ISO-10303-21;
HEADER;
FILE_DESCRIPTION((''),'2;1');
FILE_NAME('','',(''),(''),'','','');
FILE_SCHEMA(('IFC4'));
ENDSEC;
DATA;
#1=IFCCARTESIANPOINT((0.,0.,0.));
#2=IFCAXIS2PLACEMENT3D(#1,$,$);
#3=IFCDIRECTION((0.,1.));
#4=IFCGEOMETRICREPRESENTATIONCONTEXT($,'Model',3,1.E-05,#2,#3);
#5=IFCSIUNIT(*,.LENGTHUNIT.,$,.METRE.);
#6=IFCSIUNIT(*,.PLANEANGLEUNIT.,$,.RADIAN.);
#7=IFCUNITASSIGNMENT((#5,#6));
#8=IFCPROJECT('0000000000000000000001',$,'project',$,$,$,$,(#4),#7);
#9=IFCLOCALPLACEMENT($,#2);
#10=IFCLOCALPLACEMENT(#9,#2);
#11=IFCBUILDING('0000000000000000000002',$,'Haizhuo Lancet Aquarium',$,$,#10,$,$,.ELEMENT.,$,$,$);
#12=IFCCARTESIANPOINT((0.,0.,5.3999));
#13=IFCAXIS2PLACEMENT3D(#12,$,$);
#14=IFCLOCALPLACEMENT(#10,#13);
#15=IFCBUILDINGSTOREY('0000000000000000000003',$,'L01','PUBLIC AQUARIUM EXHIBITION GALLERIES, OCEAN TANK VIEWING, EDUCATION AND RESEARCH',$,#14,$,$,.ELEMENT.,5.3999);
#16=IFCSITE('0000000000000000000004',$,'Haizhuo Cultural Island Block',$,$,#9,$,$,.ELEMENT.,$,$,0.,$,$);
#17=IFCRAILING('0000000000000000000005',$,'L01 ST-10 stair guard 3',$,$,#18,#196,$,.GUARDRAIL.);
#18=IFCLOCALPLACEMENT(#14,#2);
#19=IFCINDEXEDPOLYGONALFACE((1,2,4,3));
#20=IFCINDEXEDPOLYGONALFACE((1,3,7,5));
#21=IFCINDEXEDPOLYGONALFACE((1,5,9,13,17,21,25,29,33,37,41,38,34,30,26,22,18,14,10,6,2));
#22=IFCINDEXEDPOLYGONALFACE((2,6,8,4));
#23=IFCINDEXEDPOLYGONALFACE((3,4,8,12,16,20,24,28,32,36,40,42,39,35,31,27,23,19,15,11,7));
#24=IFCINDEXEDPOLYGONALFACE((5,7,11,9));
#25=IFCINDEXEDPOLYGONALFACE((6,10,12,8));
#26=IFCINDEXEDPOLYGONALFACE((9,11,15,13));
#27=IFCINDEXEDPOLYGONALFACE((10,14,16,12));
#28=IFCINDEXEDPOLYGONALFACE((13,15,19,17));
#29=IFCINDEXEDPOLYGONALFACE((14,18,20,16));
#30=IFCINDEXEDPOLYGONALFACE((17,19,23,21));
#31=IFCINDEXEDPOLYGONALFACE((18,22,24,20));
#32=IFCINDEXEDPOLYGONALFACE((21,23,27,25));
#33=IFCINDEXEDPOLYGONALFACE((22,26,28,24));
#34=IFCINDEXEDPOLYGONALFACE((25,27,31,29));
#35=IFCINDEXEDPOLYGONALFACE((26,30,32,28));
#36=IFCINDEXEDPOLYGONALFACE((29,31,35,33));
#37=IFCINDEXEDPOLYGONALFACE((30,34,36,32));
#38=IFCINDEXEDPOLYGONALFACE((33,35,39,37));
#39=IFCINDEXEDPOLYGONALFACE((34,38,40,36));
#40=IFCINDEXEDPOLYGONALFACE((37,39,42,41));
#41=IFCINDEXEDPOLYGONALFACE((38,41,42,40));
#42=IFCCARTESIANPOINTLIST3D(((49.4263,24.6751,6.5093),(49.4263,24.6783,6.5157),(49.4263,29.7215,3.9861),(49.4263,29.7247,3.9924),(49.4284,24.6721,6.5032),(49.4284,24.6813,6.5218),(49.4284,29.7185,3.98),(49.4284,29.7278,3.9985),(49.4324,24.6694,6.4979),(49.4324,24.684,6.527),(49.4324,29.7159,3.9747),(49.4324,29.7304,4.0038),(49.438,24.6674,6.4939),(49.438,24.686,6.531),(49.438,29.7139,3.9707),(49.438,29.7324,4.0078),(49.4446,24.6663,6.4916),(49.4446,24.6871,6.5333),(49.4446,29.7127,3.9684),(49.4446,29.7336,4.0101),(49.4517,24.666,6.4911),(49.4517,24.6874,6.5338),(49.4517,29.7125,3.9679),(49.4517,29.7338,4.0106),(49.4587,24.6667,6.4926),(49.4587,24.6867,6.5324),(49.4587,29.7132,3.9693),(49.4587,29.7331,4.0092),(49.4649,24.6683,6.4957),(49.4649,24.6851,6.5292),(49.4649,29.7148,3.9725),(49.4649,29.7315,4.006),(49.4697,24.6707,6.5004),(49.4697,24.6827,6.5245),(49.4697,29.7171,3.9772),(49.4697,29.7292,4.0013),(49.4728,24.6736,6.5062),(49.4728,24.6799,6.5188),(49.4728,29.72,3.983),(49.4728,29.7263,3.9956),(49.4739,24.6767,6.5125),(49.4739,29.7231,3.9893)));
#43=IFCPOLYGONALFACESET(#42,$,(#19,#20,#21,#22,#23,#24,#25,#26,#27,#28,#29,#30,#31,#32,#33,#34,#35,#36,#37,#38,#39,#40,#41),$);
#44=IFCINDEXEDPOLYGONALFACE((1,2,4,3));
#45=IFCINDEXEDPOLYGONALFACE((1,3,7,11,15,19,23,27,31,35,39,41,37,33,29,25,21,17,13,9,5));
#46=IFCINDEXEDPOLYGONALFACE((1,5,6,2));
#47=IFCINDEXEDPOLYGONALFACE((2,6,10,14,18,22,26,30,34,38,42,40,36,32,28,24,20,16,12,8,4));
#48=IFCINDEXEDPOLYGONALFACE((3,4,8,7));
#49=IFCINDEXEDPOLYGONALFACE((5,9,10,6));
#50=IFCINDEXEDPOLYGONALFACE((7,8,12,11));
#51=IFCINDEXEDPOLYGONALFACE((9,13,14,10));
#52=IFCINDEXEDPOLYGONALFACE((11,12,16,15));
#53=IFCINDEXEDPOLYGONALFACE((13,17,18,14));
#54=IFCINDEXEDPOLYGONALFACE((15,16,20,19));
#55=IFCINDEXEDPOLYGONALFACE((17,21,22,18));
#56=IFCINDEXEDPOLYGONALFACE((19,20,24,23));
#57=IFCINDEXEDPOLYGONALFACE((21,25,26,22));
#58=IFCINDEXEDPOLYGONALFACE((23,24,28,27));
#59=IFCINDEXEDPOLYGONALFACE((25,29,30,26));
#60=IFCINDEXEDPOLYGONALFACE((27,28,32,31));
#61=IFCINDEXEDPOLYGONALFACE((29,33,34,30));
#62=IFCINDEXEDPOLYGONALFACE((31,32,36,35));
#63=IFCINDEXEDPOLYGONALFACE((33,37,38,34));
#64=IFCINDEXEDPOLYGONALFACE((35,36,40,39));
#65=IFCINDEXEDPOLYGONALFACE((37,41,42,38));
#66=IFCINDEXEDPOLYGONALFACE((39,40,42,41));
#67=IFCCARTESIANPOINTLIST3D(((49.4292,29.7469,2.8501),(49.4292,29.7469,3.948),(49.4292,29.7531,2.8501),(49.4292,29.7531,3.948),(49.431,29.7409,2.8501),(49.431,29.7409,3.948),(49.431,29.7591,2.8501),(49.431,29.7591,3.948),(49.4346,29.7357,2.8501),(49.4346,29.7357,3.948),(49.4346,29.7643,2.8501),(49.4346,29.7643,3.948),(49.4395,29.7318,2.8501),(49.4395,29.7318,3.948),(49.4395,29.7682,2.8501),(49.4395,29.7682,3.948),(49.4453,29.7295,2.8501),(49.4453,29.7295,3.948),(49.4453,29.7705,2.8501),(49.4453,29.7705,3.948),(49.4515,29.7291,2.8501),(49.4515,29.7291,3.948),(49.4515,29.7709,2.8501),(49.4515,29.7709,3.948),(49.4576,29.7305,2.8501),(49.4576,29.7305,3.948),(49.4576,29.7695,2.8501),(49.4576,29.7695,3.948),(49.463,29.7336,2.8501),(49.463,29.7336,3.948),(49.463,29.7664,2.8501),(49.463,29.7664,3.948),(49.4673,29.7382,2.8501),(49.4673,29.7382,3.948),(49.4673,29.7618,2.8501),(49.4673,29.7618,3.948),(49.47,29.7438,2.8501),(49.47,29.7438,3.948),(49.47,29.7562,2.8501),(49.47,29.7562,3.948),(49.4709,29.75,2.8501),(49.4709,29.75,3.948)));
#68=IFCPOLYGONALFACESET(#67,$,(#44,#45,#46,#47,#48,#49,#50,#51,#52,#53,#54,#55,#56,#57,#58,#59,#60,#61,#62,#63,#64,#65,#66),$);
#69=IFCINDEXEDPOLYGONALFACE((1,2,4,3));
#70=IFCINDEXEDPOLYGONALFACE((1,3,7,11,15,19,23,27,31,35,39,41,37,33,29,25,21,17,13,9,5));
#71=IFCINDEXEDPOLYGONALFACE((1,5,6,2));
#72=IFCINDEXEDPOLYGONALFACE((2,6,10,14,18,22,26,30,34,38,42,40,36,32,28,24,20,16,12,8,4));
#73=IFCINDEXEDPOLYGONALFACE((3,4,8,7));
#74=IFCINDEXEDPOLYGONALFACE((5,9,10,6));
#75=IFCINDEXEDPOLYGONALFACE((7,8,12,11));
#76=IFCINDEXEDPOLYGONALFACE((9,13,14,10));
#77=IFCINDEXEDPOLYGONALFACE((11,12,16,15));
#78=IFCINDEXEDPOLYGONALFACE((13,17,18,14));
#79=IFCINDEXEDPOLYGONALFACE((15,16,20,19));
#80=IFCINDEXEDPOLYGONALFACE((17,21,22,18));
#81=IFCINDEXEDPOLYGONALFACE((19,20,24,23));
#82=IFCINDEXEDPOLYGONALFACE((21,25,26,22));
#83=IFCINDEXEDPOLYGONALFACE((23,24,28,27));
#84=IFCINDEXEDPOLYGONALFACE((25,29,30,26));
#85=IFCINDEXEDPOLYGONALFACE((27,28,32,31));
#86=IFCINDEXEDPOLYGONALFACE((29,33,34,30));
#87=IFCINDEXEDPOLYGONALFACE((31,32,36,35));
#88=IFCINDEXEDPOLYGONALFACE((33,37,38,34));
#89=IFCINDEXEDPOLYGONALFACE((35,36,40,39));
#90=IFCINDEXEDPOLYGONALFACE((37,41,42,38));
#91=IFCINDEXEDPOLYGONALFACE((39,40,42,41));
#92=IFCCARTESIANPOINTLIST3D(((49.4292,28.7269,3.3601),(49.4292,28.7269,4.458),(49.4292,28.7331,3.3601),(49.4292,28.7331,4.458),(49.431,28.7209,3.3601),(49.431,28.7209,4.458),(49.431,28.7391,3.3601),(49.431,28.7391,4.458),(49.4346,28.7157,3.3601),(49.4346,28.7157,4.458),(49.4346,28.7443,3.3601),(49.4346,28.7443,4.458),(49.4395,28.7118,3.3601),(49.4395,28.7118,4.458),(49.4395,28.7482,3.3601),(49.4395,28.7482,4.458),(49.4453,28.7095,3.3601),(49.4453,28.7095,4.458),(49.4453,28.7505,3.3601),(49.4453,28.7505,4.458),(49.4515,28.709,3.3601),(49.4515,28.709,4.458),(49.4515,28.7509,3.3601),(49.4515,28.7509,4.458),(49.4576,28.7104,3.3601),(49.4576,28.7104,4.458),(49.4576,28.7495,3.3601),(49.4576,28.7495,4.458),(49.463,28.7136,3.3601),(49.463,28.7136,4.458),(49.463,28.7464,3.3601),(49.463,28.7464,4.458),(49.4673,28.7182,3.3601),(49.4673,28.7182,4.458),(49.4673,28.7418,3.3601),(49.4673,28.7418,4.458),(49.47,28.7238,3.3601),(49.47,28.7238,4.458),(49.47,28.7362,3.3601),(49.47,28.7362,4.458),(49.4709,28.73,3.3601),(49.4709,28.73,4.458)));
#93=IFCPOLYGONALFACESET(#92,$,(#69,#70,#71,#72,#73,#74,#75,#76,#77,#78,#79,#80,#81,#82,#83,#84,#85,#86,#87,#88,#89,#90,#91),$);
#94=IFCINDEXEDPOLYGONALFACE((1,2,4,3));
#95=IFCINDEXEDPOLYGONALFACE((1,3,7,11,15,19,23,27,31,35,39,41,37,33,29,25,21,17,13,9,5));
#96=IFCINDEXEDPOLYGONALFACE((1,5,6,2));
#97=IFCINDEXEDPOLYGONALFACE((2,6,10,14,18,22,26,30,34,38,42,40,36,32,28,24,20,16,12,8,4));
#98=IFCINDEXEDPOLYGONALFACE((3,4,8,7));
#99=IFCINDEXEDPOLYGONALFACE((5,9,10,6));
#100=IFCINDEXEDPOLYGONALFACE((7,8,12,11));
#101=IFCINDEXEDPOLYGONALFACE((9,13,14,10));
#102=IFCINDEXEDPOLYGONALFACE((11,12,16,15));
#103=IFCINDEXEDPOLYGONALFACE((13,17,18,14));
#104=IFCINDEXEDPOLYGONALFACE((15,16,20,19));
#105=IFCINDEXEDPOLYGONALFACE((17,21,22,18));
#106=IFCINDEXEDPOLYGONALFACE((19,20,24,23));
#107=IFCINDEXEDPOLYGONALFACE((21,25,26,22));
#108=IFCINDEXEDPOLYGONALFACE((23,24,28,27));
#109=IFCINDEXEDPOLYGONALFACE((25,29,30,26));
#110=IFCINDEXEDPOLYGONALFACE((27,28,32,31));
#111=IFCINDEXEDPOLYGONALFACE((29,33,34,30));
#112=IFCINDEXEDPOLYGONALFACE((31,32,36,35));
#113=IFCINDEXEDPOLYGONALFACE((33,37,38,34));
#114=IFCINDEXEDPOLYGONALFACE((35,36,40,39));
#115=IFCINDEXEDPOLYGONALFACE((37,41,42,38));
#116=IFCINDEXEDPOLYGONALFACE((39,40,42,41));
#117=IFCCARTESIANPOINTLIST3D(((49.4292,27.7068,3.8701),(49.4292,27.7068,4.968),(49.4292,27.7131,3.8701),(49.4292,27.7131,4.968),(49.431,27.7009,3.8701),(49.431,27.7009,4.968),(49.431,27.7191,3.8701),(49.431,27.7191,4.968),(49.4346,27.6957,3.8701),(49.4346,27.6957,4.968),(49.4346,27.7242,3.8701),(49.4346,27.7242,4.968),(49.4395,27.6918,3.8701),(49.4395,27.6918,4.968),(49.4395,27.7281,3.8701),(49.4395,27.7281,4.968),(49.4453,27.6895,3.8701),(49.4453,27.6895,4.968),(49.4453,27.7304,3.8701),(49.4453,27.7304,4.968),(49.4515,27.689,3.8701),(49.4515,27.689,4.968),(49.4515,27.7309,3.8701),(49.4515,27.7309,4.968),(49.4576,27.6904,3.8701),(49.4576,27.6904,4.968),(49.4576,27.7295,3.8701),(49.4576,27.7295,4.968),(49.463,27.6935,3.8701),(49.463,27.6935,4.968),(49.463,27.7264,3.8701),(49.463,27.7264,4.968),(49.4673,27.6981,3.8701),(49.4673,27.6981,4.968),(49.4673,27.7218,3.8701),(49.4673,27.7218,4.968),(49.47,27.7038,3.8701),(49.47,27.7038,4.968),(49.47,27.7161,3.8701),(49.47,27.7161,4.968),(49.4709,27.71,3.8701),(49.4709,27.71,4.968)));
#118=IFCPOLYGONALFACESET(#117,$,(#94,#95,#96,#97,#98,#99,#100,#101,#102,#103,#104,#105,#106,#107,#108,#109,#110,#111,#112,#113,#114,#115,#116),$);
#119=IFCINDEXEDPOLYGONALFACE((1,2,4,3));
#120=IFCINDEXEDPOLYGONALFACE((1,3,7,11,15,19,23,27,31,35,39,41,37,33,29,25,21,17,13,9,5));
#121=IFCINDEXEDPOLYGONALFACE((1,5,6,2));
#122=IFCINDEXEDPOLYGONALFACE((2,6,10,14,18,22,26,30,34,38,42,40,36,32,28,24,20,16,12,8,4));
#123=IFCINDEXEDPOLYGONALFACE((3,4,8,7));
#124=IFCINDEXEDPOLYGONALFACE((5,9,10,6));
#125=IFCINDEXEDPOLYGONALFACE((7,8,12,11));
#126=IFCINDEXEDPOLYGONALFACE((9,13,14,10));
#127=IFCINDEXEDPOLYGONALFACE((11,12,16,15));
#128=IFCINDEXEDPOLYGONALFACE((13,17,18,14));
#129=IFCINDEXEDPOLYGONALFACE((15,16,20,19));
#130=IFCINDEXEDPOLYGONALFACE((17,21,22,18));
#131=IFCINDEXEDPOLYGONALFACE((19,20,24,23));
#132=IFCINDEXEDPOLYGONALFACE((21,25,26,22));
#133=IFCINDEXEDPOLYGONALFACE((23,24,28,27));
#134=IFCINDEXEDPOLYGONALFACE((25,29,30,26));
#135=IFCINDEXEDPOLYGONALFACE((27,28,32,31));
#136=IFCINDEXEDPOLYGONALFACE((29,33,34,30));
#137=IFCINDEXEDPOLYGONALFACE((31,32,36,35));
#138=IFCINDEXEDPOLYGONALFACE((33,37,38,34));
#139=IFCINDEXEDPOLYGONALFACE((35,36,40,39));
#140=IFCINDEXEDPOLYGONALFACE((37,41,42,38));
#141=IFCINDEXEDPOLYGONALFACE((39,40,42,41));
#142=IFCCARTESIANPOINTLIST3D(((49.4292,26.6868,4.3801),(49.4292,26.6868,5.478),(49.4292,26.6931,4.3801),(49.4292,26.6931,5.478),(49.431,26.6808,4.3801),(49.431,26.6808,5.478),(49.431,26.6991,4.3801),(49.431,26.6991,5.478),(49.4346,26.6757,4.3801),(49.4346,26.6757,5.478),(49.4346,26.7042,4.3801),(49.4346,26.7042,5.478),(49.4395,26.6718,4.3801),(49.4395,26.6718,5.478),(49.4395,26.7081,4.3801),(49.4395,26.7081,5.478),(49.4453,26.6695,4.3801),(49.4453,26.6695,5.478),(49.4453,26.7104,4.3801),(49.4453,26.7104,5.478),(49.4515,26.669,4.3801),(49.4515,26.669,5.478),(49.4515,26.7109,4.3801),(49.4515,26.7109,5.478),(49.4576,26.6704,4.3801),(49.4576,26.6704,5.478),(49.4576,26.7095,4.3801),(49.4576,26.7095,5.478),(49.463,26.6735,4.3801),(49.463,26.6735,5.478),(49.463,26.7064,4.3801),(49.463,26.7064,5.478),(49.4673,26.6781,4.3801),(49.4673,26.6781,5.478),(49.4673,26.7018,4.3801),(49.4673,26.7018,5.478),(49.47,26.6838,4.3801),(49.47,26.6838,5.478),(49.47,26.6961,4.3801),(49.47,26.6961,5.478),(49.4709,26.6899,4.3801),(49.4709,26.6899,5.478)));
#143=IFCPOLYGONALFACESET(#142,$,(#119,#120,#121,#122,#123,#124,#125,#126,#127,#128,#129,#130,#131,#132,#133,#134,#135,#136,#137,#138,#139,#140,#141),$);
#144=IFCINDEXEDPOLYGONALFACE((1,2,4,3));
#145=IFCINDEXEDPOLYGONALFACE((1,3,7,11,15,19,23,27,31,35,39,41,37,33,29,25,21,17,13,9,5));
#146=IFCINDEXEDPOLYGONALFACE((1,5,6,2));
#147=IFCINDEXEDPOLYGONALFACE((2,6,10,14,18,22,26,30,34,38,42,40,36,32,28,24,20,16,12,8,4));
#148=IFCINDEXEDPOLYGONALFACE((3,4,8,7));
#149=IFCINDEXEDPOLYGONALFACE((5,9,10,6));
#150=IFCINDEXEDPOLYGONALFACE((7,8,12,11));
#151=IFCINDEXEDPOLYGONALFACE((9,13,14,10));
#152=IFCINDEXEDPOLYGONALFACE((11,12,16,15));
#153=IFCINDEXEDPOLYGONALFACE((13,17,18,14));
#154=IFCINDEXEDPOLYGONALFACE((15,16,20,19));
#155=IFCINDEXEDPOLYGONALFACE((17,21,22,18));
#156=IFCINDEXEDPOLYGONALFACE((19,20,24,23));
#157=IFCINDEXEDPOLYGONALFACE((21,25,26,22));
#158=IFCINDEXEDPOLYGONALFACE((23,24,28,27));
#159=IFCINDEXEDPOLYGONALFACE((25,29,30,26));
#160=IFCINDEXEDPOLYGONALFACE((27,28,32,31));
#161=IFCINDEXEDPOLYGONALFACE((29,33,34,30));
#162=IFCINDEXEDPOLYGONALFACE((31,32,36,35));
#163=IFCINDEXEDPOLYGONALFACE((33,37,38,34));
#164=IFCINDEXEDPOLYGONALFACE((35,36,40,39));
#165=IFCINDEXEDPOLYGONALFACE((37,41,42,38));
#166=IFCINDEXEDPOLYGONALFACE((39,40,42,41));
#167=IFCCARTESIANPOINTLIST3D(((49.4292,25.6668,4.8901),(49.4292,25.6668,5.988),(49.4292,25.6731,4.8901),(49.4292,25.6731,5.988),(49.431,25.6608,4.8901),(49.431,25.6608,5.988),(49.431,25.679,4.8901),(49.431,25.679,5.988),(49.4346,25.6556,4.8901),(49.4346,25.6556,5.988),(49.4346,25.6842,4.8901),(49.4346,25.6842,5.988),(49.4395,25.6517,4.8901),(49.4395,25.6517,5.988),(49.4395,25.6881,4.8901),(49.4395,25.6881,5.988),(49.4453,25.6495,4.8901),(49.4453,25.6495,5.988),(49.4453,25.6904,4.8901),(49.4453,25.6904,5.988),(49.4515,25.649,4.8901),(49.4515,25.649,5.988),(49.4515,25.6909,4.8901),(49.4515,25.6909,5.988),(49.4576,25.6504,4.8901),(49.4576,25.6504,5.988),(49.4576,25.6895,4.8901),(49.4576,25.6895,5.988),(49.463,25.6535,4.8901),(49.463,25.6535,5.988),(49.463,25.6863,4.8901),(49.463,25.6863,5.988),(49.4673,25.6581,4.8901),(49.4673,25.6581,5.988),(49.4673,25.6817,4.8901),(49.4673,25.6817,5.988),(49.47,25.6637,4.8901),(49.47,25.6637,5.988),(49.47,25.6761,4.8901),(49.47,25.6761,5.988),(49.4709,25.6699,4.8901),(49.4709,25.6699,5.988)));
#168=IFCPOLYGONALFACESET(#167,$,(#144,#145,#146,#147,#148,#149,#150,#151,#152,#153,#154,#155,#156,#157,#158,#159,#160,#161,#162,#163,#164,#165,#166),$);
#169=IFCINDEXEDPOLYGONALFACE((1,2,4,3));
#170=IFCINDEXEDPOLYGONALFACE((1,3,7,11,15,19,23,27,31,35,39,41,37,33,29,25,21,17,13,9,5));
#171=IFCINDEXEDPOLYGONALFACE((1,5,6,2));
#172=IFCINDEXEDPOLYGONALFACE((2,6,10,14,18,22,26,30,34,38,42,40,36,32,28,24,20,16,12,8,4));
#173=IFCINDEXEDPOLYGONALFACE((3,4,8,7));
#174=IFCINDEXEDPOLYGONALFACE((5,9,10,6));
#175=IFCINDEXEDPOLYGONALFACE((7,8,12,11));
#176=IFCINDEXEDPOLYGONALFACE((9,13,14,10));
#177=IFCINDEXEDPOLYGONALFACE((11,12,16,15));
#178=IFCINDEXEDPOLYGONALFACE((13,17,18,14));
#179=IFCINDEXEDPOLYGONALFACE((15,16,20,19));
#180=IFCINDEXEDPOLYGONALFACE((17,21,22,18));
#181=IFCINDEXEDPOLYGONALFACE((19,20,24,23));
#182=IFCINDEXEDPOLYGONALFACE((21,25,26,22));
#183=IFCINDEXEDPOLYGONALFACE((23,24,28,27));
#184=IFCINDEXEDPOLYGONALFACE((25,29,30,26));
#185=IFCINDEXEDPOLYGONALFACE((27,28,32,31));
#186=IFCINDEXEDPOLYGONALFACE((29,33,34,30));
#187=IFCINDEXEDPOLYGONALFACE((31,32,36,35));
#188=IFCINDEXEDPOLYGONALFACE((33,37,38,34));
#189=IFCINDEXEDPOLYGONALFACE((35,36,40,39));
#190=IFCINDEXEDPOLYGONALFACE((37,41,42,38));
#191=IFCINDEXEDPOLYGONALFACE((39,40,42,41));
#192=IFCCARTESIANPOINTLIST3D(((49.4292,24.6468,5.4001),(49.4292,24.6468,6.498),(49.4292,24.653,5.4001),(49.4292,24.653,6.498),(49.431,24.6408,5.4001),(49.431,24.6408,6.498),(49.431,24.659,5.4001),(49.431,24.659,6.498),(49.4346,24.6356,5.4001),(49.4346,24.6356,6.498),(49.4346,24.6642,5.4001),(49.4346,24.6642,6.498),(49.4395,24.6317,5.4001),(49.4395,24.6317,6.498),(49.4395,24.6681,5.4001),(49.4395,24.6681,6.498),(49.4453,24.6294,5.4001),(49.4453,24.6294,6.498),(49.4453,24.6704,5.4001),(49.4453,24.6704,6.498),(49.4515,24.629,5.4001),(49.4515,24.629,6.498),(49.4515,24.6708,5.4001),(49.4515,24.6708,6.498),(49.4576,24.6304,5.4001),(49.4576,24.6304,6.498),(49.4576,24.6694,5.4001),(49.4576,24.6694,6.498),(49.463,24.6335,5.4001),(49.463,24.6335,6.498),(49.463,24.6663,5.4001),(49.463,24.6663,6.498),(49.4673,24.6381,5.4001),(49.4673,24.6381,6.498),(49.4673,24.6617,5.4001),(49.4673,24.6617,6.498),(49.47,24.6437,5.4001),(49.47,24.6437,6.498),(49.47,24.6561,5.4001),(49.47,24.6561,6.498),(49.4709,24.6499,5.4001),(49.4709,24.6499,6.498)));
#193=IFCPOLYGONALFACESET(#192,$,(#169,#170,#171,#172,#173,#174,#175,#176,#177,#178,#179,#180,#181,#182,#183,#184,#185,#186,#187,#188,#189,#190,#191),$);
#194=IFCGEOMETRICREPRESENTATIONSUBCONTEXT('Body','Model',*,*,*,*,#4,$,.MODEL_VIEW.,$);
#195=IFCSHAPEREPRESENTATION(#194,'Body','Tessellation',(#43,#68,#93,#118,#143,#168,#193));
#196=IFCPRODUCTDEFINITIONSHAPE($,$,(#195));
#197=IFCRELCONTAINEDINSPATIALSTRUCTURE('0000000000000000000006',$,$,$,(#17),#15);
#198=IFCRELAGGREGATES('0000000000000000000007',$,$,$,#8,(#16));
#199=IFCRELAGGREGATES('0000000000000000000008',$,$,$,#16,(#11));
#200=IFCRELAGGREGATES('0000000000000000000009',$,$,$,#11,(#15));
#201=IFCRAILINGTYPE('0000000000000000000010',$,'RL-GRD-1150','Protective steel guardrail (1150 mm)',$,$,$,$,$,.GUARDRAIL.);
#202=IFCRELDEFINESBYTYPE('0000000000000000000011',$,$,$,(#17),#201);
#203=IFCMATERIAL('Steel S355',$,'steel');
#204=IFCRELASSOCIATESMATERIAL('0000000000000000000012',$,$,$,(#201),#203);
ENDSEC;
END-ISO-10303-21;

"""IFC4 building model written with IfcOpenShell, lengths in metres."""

from ifc_helpers import new_model, si_unit, direction, frame, origin, origin_2d, place, context, subcontext, project, spatial, circle, extrude, material, type_object, element, save


model = new_model("IFC4")

# Units and contexts
model_context = context("Model", 3, precision=1e-05, world=origin(), true_north=direction((0.0, 1.0)))
body_context = subcontext(model_context, "Body", "Model", "MODEL_VIEW")
ifc_project = project(units=[si_unit("LENGTHUNIT", "METRE"), si_unit("PLANEANGLEUNIT", "RADIAN")], contexts=[model_context])

# Site, building, storey
site_placement = place(None, origin())
site = spatial("IfcSite", under=ifc_project, at=site_placement, Name="Haizhuo Cultural Island Block", CompositionType="ELEMENT", RefElevation=0.0)
building_placement = place(site_placement, origin())
building = spatial("IfcBuilding", under=site, at=building_placement, Name="Haizhuo Lancet Aquarium", CompositionType="ELEMENT")
storey_placement = place(building_placement, frame((0.0, 0.0, 5.3999)))
storey = spatial("IfcBuildingStorey", under=building, at=storey_placement, Name="L01", Description="PUBLIC AQUARIUM EXHIBITION GALLERIES, OCEAN TANK VIEWING, EDUCATION AND RESEARCH", CompositionType="ELEMENT", Elevation=5.3999)

# Shared definitions
ifc_material_1 = material(Name="Steel S355", Category="steel")

# Railing
railing_type_1 = type_object("IfcRailingType", Name="RL-GRD-1150", Description="Protective steel guardrail (1150 mm)", PredefinedType="GUARDRAIL", material=ifc_material_1)
railing_1_placement = place(storey_placement, frame((49.45, 29.75, 2.8501)))
element("IfcRailing", 1, at=railing_1_placement, inside=storey, type_object=railing_type_1, Name="L01 ST-10 stair guard 3", PredefinedType="GUARDRAIL", context=body_context, shape_type="SweptSolid", body=[
    extrude(circle(Radius=0.0239, at=origin_2d()), frame((0.0, -0.0269, 1.1392), z_axis=(0.0, -0.894427, 0.447214), x_axis=(1.0, 0.0, 0.0)), (0.0, 0.0, 1.0), 5.6421),
    extrude(circle(Radius=0.021, at=origin_2d()), origin(), (0.0, 0.0, 1.0), 1.0979),
    extrude(circle(Radius=0.021, at=origin_2d()), frame((0.0, -1.02, 0.51)), (0.0, 0.0, 1.0), 1.0979),
    extrude(circle(Radius=0.021, at=origin_2d()), frame((0.0, -2.04, 1.02)), (0.0, 0.0, 1.0), 1.0979),
    extrude(circle(Radius=0.021, at=origin_2d()), frame((0.0, -3.0601, 1.53)), (0.0, 0.0, 1.0), 1.0979),
    extrude(circle(Radius=0.021, at=origin_2d()), frame((0.0, -4.0801, 2.04)), (0.0, 0.0, 1.0), 1.0979),
    extrude(circle(Radius=0.021, at=origin_2d()), frame((0.0, -5.1001, 2.55)), (0.0, 0.0, 1.0), 1.0979),
])

save(model, "model.ifc")
